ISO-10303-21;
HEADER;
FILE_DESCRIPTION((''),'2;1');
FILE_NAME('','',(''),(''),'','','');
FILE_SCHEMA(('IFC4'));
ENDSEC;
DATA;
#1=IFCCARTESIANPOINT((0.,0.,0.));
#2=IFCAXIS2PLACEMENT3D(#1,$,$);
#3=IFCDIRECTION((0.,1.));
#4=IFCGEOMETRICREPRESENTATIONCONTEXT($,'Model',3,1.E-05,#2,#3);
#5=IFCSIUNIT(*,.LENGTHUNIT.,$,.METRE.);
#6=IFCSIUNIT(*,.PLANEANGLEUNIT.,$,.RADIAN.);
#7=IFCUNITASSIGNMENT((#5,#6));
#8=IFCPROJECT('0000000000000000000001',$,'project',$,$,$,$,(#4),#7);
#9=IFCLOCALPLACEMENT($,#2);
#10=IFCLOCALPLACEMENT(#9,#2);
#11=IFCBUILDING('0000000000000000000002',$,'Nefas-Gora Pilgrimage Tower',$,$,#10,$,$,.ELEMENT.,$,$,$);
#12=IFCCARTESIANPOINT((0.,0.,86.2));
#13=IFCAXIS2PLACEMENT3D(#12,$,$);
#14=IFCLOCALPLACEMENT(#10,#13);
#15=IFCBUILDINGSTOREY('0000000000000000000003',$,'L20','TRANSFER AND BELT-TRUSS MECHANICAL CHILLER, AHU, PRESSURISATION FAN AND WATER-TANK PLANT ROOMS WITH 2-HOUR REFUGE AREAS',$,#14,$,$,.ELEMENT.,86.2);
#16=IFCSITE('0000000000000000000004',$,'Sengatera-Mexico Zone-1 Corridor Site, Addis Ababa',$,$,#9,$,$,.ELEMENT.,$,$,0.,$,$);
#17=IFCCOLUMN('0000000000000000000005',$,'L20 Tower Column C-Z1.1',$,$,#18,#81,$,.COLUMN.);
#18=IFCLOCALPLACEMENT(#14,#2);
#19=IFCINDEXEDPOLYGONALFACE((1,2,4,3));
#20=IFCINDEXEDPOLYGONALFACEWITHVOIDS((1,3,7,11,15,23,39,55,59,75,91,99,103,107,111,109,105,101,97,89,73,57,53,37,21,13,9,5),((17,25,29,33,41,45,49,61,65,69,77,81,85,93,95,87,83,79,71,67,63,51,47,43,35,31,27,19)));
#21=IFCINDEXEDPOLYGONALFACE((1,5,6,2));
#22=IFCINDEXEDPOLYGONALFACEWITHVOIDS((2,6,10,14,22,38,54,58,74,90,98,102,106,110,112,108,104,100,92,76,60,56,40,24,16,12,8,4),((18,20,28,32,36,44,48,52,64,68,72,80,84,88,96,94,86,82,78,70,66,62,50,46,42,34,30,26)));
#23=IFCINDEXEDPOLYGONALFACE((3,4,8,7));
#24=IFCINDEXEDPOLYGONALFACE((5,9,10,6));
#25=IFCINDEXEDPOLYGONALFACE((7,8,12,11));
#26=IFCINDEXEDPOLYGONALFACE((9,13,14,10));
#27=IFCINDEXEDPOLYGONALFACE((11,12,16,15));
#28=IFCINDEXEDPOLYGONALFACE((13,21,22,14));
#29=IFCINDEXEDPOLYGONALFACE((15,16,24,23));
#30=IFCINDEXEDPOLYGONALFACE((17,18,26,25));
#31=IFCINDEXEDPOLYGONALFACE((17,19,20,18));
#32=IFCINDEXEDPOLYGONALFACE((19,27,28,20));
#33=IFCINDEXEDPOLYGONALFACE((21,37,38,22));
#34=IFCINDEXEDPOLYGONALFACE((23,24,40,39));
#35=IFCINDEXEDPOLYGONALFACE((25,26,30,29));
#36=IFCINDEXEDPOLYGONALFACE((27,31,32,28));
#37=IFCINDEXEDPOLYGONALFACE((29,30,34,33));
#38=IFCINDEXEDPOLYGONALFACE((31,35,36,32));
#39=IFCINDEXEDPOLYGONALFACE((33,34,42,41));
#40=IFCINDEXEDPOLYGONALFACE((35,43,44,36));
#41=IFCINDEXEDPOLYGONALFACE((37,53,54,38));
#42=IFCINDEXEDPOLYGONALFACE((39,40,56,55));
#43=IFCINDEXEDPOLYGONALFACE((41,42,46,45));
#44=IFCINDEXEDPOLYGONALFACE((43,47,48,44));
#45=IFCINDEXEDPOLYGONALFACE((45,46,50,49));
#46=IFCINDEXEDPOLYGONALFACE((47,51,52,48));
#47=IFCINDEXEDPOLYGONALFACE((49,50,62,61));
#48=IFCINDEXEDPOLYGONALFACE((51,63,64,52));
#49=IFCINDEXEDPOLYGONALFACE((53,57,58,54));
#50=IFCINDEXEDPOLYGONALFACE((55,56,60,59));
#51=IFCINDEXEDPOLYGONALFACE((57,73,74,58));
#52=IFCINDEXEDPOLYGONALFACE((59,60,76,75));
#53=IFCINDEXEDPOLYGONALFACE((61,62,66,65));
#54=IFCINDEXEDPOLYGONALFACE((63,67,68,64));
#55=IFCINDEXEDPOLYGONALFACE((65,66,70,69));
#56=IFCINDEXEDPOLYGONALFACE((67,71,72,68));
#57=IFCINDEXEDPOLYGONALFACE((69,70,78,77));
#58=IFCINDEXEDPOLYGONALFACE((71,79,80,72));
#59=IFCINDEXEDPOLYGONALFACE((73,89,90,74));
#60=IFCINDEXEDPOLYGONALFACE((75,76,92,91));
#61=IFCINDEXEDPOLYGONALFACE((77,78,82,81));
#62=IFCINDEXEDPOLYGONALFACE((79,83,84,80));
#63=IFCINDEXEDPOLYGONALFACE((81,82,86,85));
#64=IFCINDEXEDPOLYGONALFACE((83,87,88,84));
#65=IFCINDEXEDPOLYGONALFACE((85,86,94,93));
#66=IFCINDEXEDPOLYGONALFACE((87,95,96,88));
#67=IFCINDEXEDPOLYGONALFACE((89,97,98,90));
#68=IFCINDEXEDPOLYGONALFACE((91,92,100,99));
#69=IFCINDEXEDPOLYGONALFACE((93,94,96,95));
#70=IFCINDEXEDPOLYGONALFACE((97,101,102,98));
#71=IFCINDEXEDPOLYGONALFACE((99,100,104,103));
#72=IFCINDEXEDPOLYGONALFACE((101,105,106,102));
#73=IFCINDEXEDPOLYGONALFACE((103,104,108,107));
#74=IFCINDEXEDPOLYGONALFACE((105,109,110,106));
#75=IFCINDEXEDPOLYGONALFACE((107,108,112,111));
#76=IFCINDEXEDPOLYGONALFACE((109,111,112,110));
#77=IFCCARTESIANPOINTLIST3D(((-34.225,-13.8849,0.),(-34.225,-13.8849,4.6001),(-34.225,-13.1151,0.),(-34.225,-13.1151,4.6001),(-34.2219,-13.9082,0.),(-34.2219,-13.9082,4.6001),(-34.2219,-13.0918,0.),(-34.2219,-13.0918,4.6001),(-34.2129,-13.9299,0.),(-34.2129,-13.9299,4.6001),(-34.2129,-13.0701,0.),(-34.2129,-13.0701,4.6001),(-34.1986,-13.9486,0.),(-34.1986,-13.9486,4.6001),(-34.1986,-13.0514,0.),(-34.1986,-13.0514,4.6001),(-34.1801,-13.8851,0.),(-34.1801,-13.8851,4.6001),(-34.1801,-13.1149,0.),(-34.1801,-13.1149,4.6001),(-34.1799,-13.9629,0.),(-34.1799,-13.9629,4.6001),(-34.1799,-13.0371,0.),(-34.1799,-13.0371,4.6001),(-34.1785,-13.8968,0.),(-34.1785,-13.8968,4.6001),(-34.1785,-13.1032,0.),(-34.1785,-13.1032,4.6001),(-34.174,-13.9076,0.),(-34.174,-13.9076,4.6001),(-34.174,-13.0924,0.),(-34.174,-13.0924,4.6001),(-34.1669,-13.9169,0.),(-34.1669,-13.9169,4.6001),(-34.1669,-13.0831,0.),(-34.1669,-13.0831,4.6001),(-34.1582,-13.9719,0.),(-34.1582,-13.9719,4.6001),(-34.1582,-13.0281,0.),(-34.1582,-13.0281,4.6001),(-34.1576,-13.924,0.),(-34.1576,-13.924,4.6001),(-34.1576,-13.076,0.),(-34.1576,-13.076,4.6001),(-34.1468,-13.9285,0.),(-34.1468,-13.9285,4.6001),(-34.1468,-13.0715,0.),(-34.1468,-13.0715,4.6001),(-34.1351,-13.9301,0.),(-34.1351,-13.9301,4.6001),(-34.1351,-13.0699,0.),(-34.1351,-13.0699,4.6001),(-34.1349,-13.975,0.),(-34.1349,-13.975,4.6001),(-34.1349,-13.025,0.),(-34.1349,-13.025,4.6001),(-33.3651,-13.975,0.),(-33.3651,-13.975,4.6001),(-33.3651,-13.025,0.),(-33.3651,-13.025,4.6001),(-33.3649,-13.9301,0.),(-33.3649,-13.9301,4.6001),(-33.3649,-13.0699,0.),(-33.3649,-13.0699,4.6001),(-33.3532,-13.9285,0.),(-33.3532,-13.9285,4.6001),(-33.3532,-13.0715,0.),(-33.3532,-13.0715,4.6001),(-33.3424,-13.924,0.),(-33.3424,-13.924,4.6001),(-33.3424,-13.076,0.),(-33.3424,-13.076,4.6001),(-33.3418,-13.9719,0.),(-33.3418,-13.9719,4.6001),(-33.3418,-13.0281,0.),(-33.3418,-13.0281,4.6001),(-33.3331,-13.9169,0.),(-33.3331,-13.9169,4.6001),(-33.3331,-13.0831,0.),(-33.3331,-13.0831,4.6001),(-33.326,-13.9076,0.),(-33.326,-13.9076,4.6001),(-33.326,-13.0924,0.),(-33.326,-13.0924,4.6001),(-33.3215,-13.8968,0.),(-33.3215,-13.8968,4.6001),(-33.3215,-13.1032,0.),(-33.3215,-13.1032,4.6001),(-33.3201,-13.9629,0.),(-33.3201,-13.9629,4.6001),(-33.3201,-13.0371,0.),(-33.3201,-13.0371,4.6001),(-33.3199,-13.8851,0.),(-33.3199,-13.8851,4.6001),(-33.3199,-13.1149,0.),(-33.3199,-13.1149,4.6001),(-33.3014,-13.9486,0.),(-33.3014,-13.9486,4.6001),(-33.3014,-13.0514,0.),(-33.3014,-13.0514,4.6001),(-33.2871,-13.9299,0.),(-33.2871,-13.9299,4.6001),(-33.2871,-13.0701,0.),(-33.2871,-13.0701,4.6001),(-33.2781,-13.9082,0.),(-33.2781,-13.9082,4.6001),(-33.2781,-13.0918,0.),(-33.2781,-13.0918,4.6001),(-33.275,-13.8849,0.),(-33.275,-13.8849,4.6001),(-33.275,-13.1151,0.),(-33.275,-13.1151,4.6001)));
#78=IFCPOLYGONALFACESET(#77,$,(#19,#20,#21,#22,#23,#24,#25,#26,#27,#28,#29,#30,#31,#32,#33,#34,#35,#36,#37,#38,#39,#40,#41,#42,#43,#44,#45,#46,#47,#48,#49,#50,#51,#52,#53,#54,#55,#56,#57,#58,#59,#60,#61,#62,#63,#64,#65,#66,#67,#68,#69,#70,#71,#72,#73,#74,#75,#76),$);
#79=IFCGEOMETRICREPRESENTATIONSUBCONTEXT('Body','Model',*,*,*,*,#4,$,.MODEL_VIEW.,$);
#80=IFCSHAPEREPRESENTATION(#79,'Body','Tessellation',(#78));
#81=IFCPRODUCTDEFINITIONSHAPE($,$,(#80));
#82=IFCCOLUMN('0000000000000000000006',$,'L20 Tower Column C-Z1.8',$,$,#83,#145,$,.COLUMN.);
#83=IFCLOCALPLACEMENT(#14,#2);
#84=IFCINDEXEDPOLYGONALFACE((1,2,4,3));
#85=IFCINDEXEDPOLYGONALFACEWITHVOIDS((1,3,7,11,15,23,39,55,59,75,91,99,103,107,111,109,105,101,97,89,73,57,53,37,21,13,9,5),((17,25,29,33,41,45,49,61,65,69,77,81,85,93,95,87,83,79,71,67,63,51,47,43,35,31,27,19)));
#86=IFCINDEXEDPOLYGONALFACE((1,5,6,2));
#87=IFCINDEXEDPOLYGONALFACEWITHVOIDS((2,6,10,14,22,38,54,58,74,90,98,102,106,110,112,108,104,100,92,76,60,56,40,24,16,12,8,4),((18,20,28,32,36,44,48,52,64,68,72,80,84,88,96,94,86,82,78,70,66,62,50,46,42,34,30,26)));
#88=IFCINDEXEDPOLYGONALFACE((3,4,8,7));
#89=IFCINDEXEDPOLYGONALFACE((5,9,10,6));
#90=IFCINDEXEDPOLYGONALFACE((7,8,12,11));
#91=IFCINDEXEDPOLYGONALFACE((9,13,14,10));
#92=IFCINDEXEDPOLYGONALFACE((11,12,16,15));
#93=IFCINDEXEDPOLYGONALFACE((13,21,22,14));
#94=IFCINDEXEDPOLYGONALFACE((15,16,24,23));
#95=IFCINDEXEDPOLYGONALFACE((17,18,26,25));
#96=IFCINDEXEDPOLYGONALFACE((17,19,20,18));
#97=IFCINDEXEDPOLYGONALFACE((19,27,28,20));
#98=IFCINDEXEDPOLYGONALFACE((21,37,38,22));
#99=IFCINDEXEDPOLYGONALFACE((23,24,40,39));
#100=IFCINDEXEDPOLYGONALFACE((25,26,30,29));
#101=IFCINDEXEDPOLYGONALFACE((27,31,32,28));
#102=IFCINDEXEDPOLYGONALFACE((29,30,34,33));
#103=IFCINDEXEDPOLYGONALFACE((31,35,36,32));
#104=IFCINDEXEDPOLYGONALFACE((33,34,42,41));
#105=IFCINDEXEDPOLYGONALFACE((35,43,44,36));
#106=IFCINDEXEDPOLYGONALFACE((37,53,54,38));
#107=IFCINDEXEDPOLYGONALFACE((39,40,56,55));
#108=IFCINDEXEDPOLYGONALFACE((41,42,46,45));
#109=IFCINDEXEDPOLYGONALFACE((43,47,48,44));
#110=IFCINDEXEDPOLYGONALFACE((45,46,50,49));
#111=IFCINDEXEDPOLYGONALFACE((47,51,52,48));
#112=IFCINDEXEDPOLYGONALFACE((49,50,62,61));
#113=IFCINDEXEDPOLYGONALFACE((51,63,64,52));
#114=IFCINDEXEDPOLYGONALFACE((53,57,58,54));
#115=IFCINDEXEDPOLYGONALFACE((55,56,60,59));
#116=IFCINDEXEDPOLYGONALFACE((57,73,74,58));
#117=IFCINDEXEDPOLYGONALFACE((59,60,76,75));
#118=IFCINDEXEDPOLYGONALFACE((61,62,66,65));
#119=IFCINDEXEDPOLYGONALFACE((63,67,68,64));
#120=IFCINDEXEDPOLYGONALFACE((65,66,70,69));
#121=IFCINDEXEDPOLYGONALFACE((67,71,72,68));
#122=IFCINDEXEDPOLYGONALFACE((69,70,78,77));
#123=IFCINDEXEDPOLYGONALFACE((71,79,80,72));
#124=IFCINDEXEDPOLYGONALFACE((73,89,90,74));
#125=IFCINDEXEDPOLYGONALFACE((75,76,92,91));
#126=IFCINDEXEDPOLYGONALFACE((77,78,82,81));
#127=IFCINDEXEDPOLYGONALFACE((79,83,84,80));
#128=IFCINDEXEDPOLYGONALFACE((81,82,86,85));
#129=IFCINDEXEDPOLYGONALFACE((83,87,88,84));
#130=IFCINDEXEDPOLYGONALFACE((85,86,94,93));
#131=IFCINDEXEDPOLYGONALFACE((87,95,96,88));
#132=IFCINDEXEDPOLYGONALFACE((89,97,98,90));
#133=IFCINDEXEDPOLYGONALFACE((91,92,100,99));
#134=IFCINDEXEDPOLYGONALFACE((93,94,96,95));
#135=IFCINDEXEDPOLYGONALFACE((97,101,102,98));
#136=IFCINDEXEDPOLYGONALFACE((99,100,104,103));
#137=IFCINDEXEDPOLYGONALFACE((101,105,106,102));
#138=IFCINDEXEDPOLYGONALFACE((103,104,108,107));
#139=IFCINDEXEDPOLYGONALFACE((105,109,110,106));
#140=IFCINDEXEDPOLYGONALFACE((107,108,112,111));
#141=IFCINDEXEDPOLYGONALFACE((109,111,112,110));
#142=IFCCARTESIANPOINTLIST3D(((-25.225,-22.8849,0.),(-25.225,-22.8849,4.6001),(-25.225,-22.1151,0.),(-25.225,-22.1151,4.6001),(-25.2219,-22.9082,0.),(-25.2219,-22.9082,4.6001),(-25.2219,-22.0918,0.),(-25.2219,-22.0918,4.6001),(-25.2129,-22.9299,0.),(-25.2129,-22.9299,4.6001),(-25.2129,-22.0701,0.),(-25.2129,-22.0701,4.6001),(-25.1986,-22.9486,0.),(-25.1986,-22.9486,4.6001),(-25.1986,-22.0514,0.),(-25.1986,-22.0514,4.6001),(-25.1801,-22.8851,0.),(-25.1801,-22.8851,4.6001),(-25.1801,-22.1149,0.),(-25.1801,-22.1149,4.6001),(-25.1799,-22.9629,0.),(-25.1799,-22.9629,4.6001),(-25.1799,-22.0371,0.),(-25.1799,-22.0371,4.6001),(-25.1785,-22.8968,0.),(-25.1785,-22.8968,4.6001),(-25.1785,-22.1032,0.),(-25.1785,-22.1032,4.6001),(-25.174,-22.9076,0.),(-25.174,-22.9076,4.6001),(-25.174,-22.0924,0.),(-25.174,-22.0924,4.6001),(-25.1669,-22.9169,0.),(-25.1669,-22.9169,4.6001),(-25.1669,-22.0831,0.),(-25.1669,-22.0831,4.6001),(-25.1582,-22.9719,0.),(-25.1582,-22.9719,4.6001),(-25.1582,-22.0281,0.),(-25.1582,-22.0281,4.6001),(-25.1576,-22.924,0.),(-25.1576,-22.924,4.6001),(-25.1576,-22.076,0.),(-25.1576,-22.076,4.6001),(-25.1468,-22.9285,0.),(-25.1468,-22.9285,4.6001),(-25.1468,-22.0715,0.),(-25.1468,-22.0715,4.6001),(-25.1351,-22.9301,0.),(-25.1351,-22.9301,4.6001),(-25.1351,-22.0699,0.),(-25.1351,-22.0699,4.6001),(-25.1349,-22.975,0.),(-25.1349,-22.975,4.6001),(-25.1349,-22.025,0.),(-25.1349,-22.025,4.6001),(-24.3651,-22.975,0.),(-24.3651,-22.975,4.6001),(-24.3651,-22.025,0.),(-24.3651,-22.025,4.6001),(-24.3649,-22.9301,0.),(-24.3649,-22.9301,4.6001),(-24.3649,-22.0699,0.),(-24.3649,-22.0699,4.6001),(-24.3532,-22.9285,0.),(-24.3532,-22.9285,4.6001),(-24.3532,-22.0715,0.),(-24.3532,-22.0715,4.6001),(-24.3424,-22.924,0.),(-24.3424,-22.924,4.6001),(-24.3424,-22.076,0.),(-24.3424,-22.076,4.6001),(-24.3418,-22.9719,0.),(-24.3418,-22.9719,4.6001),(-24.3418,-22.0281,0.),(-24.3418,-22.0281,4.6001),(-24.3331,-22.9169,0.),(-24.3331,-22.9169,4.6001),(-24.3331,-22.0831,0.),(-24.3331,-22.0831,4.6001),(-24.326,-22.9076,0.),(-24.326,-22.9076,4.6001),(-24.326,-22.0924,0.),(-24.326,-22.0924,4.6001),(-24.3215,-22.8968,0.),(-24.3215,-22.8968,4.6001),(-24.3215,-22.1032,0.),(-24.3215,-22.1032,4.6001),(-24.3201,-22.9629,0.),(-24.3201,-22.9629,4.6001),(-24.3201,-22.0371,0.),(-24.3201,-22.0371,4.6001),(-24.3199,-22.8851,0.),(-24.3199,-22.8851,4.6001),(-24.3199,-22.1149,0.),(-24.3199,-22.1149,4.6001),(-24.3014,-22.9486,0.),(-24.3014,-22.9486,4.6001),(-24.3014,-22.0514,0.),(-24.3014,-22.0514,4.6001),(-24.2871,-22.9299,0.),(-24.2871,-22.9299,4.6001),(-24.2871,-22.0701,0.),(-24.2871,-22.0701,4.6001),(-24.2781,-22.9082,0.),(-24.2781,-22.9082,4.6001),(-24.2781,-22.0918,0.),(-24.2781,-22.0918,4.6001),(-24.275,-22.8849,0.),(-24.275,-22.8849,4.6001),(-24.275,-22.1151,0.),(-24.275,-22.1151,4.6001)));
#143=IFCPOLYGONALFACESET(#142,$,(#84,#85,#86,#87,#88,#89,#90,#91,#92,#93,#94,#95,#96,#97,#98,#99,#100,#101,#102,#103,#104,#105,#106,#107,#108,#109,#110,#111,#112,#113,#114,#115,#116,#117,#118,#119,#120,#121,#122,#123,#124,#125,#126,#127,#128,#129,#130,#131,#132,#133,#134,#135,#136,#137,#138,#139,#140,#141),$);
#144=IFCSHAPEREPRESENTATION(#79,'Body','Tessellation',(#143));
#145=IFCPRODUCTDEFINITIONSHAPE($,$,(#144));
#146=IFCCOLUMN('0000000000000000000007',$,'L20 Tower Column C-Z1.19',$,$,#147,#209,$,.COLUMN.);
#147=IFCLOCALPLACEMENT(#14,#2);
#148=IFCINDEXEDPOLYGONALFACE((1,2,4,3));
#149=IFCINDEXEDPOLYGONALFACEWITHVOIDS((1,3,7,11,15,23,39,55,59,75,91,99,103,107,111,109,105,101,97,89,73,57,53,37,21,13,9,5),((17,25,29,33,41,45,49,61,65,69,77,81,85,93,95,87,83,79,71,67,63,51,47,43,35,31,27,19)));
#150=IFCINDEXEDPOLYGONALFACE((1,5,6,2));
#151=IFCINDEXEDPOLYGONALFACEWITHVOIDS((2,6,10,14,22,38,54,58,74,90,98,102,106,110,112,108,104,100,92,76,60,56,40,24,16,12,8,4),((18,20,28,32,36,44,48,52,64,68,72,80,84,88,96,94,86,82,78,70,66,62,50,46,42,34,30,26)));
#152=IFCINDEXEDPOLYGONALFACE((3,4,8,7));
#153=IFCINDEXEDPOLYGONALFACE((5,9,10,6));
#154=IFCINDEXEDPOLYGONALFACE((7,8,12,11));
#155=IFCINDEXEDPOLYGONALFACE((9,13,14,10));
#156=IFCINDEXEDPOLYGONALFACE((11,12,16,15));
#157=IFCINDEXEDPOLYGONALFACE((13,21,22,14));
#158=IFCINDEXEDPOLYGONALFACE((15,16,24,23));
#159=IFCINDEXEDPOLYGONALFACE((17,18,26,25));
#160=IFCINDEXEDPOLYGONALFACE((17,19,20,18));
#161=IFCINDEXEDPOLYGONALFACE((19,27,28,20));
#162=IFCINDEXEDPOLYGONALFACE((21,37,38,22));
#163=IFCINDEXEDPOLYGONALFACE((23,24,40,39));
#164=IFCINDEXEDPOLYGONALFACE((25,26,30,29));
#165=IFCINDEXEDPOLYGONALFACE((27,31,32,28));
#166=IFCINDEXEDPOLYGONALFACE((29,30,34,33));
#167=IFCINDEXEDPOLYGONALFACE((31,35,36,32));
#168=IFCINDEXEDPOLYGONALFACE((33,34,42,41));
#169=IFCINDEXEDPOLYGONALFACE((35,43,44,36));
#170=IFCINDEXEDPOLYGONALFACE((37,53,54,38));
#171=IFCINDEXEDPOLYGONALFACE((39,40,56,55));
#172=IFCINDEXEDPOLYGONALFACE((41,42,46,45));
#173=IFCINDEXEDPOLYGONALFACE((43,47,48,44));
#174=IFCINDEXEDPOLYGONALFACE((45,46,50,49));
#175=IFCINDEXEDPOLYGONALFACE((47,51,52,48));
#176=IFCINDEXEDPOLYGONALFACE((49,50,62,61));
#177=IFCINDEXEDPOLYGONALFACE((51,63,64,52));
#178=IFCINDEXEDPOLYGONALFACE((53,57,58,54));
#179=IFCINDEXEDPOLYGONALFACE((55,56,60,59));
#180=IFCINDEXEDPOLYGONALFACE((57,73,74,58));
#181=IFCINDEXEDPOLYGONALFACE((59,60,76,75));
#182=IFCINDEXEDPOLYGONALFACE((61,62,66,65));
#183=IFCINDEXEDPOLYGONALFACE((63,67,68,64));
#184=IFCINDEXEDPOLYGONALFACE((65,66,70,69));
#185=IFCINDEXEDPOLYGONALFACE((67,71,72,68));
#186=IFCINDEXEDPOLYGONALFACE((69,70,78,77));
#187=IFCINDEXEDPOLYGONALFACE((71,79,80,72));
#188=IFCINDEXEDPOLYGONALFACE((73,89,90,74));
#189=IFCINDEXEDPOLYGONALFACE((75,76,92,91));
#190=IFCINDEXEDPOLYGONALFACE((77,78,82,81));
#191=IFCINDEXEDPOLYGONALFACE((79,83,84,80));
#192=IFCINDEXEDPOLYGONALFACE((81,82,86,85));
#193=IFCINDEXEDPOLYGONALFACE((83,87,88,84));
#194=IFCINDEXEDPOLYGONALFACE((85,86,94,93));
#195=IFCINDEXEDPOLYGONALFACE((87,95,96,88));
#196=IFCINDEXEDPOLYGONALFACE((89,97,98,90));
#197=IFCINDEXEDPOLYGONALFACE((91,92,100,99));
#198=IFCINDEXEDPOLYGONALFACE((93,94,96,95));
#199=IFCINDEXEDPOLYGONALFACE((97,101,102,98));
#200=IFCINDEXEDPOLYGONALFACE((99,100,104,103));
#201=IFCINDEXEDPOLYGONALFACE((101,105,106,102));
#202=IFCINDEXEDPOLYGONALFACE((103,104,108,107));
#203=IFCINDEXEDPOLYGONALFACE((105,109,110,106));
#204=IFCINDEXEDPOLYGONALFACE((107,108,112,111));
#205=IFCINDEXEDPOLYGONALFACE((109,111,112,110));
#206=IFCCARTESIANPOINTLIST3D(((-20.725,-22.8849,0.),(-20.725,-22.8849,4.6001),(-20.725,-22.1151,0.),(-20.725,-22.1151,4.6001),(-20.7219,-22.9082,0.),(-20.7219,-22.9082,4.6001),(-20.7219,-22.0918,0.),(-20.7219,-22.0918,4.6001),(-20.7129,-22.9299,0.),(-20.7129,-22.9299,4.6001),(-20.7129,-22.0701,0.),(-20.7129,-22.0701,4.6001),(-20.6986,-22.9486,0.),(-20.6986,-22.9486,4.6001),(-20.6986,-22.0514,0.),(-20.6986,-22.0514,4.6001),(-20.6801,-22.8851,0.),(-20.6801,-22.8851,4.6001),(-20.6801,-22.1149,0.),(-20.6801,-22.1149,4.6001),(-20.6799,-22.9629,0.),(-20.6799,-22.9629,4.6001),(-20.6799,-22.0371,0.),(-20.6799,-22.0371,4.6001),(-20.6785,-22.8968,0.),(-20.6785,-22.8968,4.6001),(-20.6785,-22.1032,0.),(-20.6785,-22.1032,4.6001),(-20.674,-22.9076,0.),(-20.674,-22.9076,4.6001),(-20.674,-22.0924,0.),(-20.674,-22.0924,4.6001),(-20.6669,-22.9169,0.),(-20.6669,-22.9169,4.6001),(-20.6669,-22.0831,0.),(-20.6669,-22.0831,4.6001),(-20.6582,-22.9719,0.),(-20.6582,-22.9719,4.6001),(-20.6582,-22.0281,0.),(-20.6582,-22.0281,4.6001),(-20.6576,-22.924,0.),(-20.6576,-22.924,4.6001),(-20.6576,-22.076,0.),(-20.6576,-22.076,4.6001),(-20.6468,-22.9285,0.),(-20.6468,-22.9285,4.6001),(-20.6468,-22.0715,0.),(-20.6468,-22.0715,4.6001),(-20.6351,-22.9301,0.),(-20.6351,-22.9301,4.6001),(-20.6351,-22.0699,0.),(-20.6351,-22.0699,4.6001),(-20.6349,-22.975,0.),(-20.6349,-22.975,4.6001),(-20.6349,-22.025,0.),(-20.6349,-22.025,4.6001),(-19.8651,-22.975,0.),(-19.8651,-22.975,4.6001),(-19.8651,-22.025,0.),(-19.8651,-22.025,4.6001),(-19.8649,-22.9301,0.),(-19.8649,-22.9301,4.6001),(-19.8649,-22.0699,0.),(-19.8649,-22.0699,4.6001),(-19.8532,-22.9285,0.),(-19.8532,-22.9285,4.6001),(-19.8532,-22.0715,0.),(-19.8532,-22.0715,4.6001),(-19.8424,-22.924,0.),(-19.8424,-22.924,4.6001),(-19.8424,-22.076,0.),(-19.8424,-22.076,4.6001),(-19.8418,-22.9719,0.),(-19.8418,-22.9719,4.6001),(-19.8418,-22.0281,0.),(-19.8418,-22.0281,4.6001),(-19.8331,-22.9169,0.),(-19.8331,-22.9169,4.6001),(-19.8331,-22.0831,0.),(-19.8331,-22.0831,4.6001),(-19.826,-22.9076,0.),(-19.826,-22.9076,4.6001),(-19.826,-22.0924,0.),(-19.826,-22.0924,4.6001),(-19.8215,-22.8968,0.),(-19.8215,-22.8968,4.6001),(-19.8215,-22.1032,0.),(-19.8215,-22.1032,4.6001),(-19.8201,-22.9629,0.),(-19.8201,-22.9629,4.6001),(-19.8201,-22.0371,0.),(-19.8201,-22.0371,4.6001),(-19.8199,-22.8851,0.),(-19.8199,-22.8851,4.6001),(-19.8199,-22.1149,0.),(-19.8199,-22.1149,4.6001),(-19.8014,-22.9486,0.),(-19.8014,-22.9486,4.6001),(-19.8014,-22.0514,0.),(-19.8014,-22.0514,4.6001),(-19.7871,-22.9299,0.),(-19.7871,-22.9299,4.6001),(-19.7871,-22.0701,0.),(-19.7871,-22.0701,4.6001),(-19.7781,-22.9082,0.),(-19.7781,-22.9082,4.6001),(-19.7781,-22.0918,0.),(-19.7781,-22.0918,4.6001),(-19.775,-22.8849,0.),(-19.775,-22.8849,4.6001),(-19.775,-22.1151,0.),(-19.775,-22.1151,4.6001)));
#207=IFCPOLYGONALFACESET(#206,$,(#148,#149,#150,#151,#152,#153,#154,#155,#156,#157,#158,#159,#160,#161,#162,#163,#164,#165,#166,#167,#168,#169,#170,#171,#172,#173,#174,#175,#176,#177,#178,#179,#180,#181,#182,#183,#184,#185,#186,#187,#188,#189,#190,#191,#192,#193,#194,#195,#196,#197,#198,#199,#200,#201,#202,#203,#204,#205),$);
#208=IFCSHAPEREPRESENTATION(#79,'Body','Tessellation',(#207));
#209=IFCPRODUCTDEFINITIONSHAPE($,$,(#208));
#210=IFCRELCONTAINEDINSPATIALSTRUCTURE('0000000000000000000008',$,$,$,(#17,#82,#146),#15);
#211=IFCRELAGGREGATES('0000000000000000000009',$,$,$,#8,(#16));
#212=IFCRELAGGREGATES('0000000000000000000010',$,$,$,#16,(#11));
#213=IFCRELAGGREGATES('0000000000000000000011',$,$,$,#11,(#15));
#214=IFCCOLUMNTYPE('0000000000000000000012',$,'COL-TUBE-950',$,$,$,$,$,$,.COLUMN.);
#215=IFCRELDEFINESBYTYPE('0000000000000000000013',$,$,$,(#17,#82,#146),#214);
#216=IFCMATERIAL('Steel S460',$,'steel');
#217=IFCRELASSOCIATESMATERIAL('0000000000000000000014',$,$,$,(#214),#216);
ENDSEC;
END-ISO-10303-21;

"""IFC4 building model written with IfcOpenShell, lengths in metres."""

from ifc_helpers import new_model, si_unit, direction, frame, origin, origin_2d, place, context, subcontext, project, spatial, hollow_rectangle, extrude, source, transform, mapped, material, material_profile, profile_set, type_object, element, save


model = new_model("IFC4")

# Units and contexts
model_context = context("Model", 3, precision=1e-05, world=origin(), true_north=direction((0.0, 1.0)))
body_context = subcontext(model_context, "Body", "Model", "MODEL_VIEW")
ifc_project = project(units=[si_unit("LENGTHUNIT", "METRE"), si_unit("PLANEANGLEUNIT", "RADIAN")], contexts=[model_context])

# Site, building, storey
site_placement = place(None, origin())
site = spatial("IfcSite", under=ifc_project, at=site_placement, Name="Sengatera-Mexico Zone-1 Corridor Site, Addis Ababa", CompositionType="ELEMENT", RefElevation=0.0)
building_placement = place(site_placement, origin())
building = spatial("IfcBuilding", under=site, at=building_placement, Name="Nefas-Gora Pilgrimage Tower", CompositionType="ELEMENT")
storey_placement = place(building_placement, frame((0.0, 0.0, 86.2)))
storey = spatial("IfcBuildingStorey", under=building, at=storey_placement, Name="L20", Description="TRANSFER AND BELT-TRUSS MECHANICAL CHILLER, AHU, PRESSURISATION FAN AND WATER-TANK PLANT ROOMS WITH 2-HOUR REFUGE AREAS", CompositionType="ELEMENT", Elevation=86.2)

# Columns
ifc_material_1 = material(Name="Steel S460", Category="steel")
ifc_material_profile_1 = material_profile(ifc_material_1, hollow_rectangle(XDim=0.95, YDim=0.95, WallThickness=0.0449, InnerFilletRadius=0.0449, OuterFilletRadius=0.0901, at=origin_2d()), Name="BOX 950x950x45")
ifc_profile_set_1 = profile_set([ifc_material_profile_1], Name="Steel S460")
column_type_1 = type_object("IfcColumnType", Name="COL-TUBE-950", PredefinedType="COLUMN", material=ifc_profile_set_1)
shared_shape_1 = source(origin(), body_context, "Body", "SweptSolid", [
    extrude(hollow_rectangle(XDim=0.95, YDim=0.95, WallThickness=0.0449, InnerFilletRadius=0.0449, OuterFilletRadius=0.0901, at=origin_2d()), origin(), (0.0, 0.0, 1.0), 4.6001),
])
for number, where, z_axis, x_axis, name in (
    (1, (-33.75, -13.5, 0.0), (0.0, 0.0, 1.0), (1.0, 0.0, 0.0), "L20 Tower Column C-Z1.1"),
    (2, (-24.75, -22.5, 0.0), (0.0, 0.0, 1.0), (1.0, 0.0, 0.0), "L20 Tower Column C-Z1.8"),
    (3, (-20.25, -22.5, 0.0), (0.0, 0.0, 1.0), (1.0, 0.0, 0.0), "L20 Tower Column C-Z1.19"),
):
    element("IfcColumn", number, at=place(storey_placement, frame(where, z_axis=z_axis, x_axis=x_axis)), inside=storey, type_object=column_type_1, Name=name, PredefinedType="COLUMN", context=body_context, shape_type="MappedRepresentation", body=[
        mapped(shared_shape_1, transform((0.0, 0.0, 0.0), x_axis=(1.0, 0.0, 0.0), y_axis=(0.0, 1.0, 0.0), z_axis=(0.0, 0.0, 1.0), scale=1.0)),
    ])

save(model, "model.ifc")
